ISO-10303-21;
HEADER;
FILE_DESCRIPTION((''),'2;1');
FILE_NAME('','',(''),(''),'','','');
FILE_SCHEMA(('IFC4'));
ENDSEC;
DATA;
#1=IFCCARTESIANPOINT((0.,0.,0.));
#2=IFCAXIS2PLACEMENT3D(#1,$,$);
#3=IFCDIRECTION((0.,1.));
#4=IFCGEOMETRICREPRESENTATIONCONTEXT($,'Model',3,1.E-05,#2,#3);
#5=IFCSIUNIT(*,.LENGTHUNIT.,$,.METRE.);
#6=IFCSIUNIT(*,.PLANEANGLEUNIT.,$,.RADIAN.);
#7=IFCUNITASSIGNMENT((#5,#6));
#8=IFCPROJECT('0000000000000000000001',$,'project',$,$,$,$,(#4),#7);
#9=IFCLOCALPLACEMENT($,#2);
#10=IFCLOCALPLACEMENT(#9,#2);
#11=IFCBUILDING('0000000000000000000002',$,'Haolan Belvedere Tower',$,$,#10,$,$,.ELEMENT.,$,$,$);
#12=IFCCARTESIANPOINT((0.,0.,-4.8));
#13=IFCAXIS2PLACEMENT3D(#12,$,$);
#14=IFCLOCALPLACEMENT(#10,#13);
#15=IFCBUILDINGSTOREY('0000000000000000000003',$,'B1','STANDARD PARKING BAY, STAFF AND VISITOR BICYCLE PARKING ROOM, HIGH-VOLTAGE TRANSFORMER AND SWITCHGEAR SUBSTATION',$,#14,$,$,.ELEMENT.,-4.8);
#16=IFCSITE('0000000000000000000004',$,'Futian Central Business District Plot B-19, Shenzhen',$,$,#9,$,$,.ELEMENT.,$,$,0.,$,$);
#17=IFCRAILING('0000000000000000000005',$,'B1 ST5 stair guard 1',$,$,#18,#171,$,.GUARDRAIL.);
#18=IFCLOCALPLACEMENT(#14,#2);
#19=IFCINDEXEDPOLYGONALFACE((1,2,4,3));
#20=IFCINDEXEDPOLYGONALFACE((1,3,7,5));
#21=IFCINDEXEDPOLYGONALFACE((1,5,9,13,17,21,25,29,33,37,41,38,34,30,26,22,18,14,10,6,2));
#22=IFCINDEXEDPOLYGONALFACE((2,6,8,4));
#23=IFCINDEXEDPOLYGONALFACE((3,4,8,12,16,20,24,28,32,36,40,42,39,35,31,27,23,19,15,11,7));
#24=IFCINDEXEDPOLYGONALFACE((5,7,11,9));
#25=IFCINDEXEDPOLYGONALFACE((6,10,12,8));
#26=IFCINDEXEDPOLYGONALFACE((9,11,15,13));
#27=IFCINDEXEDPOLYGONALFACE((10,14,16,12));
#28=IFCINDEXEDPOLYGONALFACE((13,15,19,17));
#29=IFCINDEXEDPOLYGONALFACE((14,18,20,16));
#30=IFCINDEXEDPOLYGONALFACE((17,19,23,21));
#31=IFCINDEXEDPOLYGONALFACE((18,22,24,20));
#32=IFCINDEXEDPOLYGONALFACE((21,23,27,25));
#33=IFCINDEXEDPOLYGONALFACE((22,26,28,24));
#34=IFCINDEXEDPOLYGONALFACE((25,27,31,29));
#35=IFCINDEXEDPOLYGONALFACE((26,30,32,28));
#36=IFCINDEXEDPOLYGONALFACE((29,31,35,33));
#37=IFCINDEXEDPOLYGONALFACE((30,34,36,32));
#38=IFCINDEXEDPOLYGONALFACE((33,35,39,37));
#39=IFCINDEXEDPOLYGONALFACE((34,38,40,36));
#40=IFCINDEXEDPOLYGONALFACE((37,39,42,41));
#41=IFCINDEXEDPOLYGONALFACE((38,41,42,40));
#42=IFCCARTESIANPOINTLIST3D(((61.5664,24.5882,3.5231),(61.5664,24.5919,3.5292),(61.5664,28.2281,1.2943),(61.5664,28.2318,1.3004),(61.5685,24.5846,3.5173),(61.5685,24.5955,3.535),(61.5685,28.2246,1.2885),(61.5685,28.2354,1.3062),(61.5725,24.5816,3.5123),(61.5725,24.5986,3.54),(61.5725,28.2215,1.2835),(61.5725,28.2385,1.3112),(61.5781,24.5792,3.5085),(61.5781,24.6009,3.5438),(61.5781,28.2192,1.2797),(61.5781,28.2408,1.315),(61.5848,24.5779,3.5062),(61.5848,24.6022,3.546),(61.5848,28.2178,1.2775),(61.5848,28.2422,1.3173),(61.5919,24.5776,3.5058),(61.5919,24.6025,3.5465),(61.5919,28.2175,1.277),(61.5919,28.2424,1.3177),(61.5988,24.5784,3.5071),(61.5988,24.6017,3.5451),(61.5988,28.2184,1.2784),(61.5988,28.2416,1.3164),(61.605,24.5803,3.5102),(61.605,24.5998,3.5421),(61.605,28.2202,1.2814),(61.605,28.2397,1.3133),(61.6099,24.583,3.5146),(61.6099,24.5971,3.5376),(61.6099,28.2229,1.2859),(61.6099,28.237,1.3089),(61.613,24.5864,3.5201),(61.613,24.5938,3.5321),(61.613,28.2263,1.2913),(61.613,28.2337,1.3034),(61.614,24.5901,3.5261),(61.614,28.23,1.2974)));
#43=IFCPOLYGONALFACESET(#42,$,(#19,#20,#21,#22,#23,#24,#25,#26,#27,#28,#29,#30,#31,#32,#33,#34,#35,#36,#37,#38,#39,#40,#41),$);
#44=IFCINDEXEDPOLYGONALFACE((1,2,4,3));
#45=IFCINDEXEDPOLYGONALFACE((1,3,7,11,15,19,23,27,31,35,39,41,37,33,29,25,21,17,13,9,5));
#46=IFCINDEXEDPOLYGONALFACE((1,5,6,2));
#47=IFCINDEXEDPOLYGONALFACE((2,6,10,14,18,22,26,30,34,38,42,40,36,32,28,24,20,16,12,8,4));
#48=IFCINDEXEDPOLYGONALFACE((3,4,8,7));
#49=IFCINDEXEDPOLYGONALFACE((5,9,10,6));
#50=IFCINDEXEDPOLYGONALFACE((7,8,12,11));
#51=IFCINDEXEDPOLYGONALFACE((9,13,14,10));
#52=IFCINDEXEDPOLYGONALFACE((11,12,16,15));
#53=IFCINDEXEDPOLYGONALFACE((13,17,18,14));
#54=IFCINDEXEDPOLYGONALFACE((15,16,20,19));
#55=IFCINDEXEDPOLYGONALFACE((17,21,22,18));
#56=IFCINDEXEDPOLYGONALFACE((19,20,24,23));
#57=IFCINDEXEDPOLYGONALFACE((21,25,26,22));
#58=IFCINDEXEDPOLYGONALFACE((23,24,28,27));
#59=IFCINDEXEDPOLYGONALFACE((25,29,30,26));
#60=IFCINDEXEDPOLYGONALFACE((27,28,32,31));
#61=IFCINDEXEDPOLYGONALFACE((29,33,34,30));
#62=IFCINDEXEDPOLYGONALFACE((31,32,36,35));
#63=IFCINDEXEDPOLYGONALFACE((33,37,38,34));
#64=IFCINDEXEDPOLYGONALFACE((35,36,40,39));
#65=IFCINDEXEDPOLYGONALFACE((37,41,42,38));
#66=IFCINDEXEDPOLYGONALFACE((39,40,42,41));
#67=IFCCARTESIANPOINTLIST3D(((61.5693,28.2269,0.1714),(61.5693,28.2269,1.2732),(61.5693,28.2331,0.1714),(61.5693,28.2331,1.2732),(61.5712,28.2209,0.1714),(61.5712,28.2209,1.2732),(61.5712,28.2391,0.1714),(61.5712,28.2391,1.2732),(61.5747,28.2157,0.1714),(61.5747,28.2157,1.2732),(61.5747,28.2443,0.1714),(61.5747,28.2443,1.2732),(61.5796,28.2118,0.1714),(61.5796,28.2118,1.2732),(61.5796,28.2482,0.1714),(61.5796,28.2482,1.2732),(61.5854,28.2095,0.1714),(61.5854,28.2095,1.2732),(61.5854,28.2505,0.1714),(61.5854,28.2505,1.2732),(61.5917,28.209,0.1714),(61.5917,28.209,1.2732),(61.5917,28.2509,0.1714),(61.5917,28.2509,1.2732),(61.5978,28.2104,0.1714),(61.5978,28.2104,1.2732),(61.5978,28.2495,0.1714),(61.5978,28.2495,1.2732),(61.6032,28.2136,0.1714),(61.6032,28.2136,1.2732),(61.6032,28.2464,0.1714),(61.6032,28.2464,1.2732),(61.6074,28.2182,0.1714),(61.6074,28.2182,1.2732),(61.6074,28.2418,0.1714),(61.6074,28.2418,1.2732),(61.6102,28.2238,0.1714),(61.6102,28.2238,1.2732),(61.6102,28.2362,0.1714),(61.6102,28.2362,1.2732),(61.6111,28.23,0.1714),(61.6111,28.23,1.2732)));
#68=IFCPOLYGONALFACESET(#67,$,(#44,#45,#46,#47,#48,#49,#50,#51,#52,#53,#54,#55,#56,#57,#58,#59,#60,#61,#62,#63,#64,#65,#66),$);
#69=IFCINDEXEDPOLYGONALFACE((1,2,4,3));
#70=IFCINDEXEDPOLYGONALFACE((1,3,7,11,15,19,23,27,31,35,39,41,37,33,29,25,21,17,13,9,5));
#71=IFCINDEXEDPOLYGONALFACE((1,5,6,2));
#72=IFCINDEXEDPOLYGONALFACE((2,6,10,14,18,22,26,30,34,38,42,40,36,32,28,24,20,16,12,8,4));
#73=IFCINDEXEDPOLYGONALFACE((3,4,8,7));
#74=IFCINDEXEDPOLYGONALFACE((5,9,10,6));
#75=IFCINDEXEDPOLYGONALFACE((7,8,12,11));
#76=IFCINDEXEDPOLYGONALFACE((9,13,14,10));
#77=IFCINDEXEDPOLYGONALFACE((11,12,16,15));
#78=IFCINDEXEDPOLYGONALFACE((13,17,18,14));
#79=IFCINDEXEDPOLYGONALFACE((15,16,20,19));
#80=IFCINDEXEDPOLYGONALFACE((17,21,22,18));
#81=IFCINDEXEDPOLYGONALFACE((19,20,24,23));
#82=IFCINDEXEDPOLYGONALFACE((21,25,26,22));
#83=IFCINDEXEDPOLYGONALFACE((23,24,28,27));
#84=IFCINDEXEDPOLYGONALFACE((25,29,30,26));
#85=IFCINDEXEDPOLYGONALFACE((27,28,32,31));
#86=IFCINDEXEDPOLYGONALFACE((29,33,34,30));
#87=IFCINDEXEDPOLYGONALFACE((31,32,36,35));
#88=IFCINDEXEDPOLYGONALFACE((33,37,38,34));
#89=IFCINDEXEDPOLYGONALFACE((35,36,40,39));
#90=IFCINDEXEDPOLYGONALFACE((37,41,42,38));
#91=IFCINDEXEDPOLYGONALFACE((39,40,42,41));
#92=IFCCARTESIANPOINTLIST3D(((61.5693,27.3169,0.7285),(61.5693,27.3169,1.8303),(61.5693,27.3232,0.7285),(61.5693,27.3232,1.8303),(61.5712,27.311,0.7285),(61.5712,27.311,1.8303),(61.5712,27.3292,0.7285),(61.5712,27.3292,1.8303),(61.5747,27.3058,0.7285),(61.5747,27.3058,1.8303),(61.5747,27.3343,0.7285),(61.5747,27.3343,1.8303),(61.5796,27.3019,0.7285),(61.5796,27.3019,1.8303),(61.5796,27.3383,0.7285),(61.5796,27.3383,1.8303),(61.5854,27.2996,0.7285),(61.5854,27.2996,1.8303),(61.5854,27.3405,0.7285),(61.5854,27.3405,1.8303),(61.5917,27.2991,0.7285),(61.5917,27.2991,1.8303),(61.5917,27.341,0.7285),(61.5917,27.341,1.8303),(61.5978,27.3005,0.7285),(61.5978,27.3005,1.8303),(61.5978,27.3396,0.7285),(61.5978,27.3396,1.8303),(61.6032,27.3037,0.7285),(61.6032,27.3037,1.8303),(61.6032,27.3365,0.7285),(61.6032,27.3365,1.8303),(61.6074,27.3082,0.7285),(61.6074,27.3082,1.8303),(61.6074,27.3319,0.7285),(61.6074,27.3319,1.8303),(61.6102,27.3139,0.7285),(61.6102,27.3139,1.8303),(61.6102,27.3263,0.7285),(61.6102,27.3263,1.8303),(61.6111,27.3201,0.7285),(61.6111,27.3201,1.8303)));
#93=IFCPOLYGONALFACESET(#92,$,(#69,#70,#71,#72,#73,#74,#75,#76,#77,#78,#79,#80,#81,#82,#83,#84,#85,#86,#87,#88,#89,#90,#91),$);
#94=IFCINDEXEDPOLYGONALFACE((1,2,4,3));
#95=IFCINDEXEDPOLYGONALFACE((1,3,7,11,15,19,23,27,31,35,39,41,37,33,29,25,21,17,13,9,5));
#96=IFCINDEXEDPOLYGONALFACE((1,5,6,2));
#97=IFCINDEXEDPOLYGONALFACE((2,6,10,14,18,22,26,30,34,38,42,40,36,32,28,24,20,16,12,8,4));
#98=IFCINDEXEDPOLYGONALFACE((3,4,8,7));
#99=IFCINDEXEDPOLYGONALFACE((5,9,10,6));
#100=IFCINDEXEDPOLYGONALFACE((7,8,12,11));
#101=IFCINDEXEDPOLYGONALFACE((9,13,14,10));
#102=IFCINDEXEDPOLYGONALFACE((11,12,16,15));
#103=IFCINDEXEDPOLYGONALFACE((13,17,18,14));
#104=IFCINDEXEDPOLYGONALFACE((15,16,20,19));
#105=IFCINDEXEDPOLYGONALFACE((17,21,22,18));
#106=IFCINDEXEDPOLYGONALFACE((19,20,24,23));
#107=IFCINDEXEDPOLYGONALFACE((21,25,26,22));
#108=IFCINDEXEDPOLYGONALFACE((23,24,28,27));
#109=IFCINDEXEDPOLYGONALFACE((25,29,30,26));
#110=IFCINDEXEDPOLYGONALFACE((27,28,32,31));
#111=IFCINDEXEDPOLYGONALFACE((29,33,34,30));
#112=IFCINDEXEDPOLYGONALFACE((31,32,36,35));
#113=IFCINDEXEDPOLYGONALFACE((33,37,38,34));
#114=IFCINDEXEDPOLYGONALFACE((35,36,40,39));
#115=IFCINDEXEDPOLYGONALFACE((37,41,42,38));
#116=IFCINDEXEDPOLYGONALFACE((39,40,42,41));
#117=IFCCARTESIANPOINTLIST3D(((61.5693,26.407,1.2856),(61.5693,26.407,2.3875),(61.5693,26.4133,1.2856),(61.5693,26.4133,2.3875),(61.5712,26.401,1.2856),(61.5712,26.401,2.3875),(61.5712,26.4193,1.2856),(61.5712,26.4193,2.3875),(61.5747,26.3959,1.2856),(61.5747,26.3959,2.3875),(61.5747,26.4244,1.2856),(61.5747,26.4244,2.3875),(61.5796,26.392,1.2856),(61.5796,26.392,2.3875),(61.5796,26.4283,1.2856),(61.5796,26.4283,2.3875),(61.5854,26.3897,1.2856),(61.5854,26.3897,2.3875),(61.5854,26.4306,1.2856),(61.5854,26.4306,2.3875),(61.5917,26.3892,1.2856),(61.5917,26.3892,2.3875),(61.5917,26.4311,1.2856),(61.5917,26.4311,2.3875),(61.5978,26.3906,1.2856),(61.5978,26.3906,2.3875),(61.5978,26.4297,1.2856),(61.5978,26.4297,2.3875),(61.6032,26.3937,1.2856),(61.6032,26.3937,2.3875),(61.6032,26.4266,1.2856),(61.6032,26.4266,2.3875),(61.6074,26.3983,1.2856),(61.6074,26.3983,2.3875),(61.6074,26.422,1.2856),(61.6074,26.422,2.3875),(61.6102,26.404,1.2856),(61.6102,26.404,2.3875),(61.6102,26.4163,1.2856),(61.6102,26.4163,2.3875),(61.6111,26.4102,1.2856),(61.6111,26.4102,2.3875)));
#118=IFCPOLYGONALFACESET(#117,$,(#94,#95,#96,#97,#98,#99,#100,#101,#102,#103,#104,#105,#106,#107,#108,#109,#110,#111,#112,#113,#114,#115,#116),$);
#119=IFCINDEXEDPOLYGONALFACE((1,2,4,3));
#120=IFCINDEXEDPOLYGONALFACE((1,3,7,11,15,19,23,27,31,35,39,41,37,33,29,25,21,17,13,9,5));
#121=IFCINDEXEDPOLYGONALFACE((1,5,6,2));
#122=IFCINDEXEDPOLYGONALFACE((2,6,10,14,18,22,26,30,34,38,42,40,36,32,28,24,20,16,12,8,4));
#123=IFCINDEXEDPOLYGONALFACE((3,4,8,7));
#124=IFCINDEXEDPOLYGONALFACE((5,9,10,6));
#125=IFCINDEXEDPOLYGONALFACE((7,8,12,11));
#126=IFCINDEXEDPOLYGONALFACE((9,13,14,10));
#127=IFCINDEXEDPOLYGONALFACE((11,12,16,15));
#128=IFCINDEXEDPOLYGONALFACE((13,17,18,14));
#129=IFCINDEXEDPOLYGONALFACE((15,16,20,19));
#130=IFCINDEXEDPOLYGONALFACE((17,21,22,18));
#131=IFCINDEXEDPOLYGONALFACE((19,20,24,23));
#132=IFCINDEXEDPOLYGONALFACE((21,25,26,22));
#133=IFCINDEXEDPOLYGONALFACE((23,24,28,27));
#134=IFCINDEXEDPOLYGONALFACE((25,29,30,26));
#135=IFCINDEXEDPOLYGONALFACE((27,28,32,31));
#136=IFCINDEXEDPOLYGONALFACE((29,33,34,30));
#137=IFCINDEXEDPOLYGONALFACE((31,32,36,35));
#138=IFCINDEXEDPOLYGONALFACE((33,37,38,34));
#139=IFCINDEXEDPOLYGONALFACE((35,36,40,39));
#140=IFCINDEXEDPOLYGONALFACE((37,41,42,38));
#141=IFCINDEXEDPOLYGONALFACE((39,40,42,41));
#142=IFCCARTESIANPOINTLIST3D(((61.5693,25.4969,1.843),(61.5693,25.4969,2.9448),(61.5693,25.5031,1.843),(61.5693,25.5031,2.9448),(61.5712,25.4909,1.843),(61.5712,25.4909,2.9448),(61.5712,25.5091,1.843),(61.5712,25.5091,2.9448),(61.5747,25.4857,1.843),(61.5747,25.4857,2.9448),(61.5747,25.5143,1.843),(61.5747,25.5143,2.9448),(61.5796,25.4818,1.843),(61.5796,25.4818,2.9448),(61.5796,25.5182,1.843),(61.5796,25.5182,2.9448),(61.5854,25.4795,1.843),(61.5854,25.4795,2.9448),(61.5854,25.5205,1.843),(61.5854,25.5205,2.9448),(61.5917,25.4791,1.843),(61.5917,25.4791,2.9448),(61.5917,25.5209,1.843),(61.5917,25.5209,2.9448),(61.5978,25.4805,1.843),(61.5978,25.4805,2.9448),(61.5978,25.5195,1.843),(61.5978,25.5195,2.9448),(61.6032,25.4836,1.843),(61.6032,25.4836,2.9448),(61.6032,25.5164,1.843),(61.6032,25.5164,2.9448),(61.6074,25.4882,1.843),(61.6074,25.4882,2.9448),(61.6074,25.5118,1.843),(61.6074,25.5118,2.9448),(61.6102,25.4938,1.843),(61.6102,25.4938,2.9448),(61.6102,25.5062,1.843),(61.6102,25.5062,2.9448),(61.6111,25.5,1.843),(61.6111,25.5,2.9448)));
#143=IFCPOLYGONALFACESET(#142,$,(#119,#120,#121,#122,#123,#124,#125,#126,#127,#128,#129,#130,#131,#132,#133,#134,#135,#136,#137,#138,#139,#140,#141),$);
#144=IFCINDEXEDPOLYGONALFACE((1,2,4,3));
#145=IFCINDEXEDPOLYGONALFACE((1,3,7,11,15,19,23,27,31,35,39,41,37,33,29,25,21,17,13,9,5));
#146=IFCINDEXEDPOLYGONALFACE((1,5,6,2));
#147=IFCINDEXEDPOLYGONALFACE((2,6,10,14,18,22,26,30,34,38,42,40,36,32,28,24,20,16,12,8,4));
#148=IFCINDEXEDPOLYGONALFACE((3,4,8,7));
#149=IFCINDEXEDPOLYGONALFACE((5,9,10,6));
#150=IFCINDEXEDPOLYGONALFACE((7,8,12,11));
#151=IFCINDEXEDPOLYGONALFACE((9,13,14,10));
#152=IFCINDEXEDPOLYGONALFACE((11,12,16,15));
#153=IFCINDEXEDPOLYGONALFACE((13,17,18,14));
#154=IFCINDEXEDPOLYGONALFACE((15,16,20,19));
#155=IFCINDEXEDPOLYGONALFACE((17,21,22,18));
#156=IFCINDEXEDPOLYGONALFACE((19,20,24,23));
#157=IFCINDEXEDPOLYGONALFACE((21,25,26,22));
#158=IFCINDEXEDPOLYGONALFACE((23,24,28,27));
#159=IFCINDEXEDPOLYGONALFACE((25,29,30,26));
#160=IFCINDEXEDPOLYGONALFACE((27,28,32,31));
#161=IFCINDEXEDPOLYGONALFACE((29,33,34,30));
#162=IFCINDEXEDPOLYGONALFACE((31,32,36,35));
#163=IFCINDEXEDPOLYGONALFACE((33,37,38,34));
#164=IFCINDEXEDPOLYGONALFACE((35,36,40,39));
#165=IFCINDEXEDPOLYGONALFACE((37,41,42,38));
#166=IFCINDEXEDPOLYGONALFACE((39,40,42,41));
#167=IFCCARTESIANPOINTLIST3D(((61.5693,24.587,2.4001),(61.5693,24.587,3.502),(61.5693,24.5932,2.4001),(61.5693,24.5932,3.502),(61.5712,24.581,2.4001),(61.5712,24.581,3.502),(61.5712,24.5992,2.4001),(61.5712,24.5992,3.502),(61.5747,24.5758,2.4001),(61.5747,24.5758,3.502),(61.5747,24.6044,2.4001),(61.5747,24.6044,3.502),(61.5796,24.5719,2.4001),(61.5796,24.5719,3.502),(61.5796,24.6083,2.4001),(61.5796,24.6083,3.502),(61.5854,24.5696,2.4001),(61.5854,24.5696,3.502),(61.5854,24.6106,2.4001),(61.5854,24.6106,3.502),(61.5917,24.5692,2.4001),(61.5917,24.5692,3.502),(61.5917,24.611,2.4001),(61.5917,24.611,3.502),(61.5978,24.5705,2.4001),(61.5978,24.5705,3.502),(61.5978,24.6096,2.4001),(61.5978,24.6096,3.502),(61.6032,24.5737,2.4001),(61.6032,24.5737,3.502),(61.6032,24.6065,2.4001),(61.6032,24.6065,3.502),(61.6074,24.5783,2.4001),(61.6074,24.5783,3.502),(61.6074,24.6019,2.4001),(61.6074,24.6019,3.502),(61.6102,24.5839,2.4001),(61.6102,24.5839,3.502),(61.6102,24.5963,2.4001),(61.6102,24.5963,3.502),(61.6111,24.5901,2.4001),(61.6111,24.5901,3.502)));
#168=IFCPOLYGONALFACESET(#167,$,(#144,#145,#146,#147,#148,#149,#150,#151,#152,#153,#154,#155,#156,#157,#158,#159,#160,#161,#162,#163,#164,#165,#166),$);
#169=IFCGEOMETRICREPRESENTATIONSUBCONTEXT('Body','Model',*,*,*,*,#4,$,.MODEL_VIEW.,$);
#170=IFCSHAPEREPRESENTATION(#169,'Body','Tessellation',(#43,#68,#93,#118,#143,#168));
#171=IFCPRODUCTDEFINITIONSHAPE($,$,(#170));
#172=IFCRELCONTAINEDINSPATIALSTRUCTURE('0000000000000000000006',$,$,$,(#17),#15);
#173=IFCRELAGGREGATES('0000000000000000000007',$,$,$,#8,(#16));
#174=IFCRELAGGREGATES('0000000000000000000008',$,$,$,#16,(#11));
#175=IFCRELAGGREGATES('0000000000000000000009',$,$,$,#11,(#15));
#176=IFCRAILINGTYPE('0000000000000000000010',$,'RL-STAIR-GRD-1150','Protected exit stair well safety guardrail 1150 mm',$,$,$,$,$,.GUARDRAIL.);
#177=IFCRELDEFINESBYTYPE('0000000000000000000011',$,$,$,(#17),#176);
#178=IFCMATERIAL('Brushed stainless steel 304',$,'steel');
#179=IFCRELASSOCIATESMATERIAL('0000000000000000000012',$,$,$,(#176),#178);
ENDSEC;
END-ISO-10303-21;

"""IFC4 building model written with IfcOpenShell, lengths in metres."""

from ifc_helpers import new_model, si_unit, direction, frame, origin, origin_2d, place, context, subcontext, project, spatial, circle, extrude, material, type_object, element, save


model = new_model("IFC4")

# Units and contexts
model_context = context("Model", 3, precision=1e-05, world=origin(), true_north=direction((0.0, 1.0)))
body_context = subcontext(model_context, "Body", "Model", "MODEL_VIEW")
ifc_project = project(units=[si_unit("LENGTHUNIT", "METRE"), si_unit("PLANEANGLEUNIT", "RADIAN")], contexts=[model_context])

# Site, building, storey
site_placement = place(None, origin())
site = spatial("IfcSite", under=ifc_project, at=site_placement, Name="Futian Central Business District Plot B-19, Shenzhen", CompositionType="ELEMENT", RefElevation=0.0)
building_placement = place(site_placement, origin())
building = spatial("IfcBuilding", under=site, at=building_placement, Name="Haolan Belvedere Tower", CompositionType="ELEMENT")
storey_placement = place(building_placement, frame((0.0, 0.0, -4.8)))
storey = spatial("IfcBuildingStorey", under=building, at=storey_placement, Name="B1", Description="STANDARD PARKING BAY, STAFF AND VISITOR BICYCLE PARKING ROOM, HIGH-VOLTAGE TRANSFORMER AND SWITCHGEAR SUBSTATION", CompositionType="ELEMENT", Elevation=-4.8)

# Railing
ifc_material_1 = material(Name="Brushed stainless steel 304", Category="steel")
railing_type_1 = type_object("IfcRailingType", Name="RL-STAIR-GRD-1150", Description="Protected exit stair well safety guardrail 1150 mm", PredefinedType="GUARDRAIL", material=ifc_material_1)
railing_1_placement = place(storey_placement, frame((61.5901, 28.23, 0.1714)))
element("IfcRailing", 1, at=railing_1_placement, inside=storey, type_object=railing_type_1, Name="B1 ST5 stair guard 1", PredefinedType="GUARDRAIL", context=body_context, shape_type="SweptSolid", body=[
    extrude(circle(Radius=0.0239, at=origin_2d()), frame((0.0, 0.0, 1.126), z_axis=(0.0, -0.852825, 0.522197), x_axis=(1.0, 0.0, 0.0)), (0.0, 0.0, 1.0), 4.2681),
    extrude(circle(Radius=0.021, at=origin_2d()), origin(), (0.0, 0.0, 1.0), 1.1018),
    extrude(circle(Radius=0.021, at=origin_2d()), frame((0.0, -0.9099, 0.5571)), (0.0, 0.0, 1.0), 1.1018),
    extrude(circle(Radius=0.021, at=origin_2d()), frame((0.0, -1.8198, 1.1143)), (0.0, 0.0, 1.0), 1.1018),
    extrude(circle(Radius=0.021, at=origin_2d()), frame((0.0, -2.73, 1.6716)), (0.0, 0.0, 1.0), 1.1018),
    extrude(circle(Radius=0.021, at=origin_2d()), frame((0.0, -3.6399, 2.2288)), (0.0, 0.0, 1.0), 1.1018),
])

save(model, "model.ifc")
